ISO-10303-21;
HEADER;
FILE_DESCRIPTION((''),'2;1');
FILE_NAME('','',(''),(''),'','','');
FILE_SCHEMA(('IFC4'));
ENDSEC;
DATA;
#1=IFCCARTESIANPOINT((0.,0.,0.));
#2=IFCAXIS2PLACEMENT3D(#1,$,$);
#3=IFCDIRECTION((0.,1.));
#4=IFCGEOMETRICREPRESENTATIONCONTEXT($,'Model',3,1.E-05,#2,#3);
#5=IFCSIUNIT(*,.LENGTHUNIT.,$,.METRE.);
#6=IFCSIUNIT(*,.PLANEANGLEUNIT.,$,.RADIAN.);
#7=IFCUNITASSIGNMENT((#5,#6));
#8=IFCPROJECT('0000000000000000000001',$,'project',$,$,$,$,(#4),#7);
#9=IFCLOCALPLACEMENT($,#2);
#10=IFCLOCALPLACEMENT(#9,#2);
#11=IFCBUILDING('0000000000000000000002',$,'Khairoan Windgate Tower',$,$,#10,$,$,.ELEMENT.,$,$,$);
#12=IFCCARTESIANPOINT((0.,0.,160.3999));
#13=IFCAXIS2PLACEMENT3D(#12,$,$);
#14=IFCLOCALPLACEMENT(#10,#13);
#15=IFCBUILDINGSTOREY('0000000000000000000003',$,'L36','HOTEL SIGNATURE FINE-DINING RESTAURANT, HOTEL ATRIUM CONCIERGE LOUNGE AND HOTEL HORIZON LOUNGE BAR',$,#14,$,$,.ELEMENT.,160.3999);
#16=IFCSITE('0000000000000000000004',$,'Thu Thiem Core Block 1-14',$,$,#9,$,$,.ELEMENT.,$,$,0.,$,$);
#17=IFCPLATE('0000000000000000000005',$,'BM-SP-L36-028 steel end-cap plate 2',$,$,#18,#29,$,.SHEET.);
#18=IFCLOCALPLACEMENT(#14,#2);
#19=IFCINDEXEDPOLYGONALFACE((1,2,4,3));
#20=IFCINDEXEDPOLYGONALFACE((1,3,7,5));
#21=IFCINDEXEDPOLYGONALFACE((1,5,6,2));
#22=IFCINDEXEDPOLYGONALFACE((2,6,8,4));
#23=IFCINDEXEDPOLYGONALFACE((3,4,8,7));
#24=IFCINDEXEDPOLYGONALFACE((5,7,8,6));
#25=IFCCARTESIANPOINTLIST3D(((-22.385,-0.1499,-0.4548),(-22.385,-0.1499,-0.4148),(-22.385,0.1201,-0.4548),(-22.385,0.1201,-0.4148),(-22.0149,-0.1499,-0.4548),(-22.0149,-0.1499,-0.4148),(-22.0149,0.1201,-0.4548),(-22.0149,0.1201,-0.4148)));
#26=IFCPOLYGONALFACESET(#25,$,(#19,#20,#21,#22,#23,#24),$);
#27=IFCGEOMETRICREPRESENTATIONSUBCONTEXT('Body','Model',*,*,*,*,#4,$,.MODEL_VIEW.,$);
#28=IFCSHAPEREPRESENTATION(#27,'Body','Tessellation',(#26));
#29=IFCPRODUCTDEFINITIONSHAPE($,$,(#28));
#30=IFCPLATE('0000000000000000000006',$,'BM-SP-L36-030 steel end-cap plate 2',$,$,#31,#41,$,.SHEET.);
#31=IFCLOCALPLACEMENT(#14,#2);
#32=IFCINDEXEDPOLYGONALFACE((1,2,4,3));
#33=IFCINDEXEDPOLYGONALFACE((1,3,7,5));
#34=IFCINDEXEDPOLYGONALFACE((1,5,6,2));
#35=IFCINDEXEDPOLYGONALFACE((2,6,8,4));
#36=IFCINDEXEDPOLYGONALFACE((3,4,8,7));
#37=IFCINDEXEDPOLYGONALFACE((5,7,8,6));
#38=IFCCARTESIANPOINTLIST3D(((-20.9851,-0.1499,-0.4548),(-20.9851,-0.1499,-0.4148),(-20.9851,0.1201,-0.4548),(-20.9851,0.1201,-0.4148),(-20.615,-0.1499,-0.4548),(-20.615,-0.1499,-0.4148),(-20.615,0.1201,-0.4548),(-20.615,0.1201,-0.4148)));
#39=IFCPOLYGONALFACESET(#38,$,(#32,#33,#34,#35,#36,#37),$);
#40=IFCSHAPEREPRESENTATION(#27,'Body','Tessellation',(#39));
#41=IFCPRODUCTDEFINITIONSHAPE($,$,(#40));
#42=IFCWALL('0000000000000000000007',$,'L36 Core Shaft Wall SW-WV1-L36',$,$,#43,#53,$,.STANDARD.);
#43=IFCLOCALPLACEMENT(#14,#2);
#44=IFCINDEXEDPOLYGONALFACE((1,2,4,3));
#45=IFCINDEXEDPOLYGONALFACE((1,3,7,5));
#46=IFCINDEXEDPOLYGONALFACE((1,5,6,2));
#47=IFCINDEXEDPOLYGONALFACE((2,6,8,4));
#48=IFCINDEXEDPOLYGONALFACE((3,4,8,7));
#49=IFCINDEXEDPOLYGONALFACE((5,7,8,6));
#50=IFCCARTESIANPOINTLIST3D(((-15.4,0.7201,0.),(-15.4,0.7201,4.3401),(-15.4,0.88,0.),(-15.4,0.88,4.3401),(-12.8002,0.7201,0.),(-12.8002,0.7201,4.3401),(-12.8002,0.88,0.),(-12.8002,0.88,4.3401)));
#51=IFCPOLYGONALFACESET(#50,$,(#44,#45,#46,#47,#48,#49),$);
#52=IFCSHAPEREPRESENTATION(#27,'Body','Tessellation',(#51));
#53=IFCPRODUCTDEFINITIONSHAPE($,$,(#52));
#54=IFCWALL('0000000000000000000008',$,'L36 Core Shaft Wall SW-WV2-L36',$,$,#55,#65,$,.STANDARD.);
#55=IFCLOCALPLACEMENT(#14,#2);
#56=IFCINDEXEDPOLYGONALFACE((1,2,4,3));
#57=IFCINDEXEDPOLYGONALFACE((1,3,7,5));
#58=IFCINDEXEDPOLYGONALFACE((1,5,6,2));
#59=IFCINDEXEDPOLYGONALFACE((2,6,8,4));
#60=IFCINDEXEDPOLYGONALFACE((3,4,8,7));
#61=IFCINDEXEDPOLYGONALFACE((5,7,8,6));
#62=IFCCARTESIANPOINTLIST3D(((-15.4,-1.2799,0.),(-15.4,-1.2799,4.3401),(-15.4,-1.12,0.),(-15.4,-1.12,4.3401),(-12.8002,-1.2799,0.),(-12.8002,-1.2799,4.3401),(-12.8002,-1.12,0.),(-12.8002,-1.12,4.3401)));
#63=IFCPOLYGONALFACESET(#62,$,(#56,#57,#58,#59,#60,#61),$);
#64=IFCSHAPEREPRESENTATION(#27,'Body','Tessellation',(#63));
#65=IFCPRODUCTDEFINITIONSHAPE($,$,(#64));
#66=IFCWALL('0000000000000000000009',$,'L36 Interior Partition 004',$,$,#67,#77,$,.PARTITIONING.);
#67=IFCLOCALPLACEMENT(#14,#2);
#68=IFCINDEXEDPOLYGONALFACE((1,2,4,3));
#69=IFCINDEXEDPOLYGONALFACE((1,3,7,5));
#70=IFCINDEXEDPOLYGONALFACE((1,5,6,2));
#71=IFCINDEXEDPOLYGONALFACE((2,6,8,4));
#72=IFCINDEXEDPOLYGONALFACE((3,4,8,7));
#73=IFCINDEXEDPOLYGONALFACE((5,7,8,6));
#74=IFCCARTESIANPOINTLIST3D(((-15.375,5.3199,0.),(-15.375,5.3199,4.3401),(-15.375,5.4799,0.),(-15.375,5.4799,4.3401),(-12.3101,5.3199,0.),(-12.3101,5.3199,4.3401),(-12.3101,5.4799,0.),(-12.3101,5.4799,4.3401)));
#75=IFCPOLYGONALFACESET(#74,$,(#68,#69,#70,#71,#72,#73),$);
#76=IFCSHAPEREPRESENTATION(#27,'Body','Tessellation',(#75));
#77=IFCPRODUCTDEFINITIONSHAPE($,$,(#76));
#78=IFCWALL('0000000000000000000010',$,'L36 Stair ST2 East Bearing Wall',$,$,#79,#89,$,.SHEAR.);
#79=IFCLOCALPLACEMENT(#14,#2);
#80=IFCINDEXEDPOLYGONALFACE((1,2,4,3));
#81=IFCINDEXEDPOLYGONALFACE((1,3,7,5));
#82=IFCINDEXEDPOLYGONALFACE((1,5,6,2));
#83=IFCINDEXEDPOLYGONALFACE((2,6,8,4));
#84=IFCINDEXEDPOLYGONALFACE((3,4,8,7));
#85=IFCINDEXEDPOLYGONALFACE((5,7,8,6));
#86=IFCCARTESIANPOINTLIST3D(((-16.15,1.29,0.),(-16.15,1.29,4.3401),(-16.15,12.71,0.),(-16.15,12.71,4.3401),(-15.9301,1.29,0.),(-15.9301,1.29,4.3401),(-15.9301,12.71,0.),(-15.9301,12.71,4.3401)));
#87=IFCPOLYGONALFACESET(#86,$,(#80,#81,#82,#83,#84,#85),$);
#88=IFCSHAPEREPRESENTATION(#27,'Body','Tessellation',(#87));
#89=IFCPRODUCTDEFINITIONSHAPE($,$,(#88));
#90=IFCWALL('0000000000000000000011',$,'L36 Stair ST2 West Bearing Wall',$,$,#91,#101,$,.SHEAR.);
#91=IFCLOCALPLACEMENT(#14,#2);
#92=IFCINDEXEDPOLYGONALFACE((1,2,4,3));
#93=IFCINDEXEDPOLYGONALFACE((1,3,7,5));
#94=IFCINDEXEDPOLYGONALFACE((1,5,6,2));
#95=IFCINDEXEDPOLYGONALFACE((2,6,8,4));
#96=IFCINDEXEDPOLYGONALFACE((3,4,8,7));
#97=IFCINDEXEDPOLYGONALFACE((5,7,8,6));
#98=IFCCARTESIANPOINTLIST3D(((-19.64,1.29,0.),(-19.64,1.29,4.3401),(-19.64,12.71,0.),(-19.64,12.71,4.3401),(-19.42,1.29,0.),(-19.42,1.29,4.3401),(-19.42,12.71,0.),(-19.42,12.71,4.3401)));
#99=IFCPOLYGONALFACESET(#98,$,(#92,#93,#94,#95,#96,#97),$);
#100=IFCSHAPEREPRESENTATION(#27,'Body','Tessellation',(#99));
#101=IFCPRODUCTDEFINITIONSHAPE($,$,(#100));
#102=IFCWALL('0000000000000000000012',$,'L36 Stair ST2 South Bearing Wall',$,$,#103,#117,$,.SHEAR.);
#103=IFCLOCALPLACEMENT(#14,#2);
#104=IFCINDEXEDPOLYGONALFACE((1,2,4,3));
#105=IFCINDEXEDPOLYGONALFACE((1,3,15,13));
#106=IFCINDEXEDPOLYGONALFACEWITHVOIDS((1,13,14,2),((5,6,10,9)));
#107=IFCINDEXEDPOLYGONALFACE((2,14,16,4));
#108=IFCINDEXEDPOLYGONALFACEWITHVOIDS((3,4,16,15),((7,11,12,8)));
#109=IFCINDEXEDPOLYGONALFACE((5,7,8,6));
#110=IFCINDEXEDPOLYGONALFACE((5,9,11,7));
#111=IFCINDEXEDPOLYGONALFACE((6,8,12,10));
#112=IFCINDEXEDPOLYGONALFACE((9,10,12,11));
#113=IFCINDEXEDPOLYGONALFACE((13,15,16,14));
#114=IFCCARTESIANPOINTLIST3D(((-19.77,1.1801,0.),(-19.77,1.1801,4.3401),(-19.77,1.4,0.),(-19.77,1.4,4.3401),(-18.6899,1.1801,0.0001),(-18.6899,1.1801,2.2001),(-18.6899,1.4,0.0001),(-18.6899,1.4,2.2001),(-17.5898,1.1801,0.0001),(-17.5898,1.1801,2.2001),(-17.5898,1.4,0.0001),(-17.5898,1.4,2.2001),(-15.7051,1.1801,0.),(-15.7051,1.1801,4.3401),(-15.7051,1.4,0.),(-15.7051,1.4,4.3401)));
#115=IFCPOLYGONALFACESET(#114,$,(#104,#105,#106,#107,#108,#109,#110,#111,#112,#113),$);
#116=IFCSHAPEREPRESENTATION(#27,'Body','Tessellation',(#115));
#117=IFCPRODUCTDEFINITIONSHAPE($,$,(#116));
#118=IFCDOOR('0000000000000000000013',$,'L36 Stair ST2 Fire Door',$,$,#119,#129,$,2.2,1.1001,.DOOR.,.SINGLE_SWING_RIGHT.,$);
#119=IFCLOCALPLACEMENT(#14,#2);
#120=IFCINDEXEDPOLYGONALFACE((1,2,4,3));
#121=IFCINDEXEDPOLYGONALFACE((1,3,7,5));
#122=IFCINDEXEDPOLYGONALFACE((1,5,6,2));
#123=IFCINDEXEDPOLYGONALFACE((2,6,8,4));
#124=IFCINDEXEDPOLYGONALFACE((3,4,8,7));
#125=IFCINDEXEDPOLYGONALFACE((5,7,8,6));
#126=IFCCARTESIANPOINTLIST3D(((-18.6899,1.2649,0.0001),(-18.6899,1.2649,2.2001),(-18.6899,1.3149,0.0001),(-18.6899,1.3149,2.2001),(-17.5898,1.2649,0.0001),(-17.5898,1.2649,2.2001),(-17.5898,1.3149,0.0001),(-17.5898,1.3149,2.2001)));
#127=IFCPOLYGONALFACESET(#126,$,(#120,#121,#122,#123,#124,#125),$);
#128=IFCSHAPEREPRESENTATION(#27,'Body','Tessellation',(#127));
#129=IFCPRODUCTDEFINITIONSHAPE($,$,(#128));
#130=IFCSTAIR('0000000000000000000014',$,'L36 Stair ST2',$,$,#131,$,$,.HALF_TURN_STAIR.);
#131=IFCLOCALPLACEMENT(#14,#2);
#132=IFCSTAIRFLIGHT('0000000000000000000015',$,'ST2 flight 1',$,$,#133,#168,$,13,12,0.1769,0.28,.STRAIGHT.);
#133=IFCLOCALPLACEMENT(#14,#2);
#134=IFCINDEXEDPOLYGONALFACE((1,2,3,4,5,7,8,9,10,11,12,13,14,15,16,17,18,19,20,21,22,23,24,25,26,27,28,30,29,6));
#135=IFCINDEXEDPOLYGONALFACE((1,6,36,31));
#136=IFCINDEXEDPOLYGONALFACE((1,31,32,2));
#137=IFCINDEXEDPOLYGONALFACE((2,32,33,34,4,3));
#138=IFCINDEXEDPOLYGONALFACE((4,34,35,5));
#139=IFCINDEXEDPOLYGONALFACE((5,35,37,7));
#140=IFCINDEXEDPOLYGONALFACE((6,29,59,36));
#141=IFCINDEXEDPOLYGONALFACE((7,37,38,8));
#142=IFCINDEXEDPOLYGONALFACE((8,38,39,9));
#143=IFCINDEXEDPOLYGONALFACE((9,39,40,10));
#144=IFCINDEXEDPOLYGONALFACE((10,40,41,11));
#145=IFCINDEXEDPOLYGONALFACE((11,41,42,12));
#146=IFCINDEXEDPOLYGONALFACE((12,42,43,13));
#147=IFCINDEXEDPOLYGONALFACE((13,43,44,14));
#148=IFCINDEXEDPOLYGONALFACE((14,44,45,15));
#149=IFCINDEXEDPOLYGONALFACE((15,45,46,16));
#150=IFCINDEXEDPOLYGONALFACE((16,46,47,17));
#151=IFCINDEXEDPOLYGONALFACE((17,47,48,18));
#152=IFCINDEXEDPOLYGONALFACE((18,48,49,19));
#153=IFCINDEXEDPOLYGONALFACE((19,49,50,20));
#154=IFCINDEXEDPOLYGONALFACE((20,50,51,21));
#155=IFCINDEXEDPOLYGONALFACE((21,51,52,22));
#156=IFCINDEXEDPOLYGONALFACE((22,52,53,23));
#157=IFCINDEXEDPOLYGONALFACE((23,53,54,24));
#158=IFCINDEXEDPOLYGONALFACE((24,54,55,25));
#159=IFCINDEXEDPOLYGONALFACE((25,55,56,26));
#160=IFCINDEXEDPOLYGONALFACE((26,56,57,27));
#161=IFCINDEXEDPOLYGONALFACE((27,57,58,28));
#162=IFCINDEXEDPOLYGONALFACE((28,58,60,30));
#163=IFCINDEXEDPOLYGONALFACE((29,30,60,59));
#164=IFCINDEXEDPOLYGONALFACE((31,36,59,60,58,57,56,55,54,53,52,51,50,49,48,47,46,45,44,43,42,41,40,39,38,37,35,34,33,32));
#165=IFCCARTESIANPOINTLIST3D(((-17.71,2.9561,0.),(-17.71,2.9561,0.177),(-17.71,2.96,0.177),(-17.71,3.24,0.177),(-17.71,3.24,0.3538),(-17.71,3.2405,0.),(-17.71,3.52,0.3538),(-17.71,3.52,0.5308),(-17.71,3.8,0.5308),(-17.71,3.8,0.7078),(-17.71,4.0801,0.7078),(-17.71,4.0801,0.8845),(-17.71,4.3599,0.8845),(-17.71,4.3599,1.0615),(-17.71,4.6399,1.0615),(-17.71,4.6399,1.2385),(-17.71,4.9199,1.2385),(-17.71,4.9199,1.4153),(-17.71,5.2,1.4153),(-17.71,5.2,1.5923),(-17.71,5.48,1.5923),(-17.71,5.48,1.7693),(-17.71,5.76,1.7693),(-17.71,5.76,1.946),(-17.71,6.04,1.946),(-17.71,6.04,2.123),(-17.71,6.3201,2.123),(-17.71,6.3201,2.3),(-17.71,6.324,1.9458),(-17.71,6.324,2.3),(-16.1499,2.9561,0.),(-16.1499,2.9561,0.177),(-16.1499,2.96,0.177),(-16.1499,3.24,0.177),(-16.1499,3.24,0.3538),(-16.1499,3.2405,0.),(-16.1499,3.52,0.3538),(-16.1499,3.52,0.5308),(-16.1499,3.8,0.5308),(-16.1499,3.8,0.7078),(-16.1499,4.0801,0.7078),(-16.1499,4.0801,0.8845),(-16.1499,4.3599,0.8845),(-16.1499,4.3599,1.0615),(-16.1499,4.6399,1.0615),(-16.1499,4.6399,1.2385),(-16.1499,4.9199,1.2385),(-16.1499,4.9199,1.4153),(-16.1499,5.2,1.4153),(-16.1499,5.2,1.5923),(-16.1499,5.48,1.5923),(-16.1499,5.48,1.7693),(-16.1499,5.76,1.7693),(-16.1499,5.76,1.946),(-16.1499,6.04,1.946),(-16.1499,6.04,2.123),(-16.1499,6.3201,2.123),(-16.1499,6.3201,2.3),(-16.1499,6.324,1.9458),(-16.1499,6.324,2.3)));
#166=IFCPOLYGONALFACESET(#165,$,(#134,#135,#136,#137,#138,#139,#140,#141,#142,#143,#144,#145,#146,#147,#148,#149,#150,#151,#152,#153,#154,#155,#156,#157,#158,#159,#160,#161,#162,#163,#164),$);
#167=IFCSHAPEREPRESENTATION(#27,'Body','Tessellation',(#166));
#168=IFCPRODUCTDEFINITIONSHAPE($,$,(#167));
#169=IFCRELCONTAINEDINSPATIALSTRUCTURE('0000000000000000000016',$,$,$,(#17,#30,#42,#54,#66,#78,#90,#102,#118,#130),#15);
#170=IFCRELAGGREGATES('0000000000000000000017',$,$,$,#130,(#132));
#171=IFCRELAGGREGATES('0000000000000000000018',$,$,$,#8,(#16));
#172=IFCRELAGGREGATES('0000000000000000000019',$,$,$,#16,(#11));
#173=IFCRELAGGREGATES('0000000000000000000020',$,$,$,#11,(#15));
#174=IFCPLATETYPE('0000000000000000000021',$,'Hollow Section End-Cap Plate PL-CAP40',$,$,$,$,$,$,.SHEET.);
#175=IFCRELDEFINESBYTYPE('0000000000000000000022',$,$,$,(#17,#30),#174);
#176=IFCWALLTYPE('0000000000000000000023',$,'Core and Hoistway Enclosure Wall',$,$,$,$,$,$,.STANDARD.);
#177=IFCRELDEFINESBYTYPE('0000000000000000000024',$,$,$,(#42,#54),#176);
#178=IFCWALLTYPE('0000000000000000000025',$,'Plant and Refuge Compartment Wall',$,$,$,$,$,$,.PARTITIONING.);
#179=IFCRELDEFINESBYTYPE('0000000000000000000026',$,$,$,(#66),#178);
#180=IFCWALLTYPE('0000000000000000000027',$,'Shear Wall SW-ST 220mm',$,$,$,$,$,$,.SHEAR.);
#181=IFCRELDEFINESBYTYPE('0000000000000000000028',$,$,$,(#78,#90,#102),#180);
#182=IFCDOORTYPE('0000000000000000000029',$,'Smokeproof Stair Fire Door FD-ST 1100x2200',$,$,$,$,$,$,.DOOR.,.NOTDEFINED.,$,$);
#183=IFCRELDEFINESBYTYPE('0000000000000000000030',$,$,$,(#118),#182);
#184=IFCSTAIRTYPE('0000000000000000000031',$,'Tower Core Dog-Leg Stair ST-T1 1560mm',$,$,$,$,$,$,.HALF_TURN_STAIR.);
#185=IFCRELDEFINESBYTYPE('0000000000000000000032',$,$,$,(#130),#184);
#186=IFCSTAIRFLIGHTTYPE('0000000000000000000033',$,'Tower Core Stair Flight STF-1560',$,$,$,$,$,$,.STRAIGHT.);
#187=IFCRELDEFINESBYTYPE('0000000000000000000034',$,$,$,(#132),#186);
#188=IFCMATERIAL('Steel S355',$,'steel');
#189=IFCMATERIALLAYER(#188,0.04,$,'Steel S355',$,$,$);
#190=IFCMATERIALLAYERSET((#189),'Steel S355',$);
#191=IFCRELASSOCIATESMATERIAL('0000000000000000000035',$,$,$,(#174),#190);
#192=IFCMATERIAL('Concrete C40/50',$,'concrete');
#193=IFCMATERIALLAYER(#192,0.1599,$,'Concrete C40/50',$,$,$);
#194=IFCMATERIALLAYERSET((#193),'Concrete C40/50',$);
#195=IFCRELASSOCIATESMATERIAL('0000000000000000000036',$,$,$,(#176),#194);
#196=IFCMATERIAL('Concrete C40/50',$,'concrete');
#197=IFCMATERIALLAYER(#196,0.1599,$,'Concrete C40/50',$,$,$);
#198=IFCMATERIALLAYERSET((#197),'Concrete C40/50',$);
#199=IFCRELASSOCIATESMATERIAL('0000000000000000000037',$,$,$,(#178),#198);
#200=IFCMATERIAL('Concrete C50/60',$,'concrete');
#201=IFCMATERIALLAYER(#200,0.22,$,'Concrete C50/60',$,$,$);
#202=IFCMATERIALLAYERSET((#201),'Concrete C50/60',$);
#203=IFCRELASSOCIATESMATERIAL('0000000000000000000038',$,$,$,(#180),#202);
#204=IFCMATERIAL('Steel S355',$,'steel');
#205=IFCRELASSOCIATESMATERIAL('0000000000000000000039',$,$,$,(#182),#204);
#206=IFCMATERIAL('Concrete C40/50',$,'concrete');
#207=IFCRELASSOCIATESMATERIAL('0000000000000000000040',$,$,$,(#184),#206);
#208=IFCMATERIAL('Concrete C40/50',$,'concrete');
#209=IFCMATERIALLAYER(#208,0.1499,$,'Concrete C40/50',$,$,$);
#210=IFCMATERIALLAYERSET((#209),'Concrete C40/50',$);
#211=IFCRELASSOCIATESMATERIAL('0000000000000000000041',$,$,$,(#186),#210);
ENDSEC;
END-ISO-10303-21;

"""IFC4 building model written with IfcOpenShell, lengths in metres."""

from ifc_helpers import new_model, si_unit, direction, frame, frame_2d, origin, origin_2d, place, context, subcontext, project, spatial, polyline, rectangle, outline, extrude, material, layer, layer_set, type_object, element, fill, aggregate, save


model = new_model("IFC4")

# Units and contexts
model_context = context("Model", 3, precision=1e-05, world=origin(), true_north=direction((0.0, 1.0)))
body_context = subcontext(model_context, "Body", "Model", "MODEL_VIEW")
ifc_project = project(units=[si_unit("LENGTHUNIT", "METRE"), si_unit("PLANEANGLEUNIT", "RADIAN")], contexts=[model_context])

# Site, building, storey
site_placement = place(None, origin())
site = spatial("IfcSite", under=ifc_project, at=site_placement, Name="Thu Thiem Core Block 1-14", CompositionType="ELEMENT", RefElevation=0.0)
building_placement = place(site_placement, origin())
building = spatial("IfcBuilding", under=site, at=building_placement, Name="Khairoan Windgate Tower", CompositionType="ELEMENT")
storey_placement = place(building_placement, frame((0.0, 0.0, 160.3999)))
storey = spatial("IfcBuildingStorey", under=building, at=storey_placement, Name="L36", Description="HOTEL SIGNATURE FINE-DINING RESTAURANT, HOTEL ATRIUM CONCIERGE LOUNGE AND HOTEL HORIZON LOUNGE BAR", CompositionType="ELEMENT", Elevation=160.3999)

# Plates
ifc_material_1 = material(Name="Steel S355", Category="steel")
ifc_layer_1 = layer(ifc_material_1, 0.04, Name="Steel S355")
ifc_layer_set_1 = layer_set([ifc_layer_1], Name="Steel S355")
plate_type = type_object("IfcPlateType", Name="Hollow Section End-Cap Plate PL-CAP40", PredefinedType="SHEET", material=ifc_layer_set_1)
for number, where, z_axis, x_axis, name in (
    (1, (-22.2, -0.0149, -0.4548), (0.0, 0.0, 1.0), (0.0, 1.0, 0.0), "BM-SP-L36-028 steel end-cap plate 2"),
    (2, (-20.8, -0.0149, -0.4548), (0.0, 0.0, 1.0), (0.0, 1.0, 0.0), "BM-SP-L36-030 steel end-cap plate 2"),
):
    element("IfcPlate", number, at=place(storey_placement, frame(where, z_axis=z_axis, x_axis=x_axis)), inside=storey, type_object=plate_type, Name=name, PredefinedType="SHEET", context=body_context, shape_type="SweptSolid", body=[
        extrude(rectangle(XDim=0.27, YDim=0.3701, at=origin_2d()), origin(), (0.0, 0.0, 1.0), 0.04),
    ])

# Walls
ifc_material_2 = material(Name="Concrete C40/50", Category="concrete")
ifc_layer_2 = layer(ifc_material_2, 0.1599, Name="Concrete C40/50")
ifc_layer_set_2 = layer_set([ifc_layer_2], Name="Concrete C40/50")
wall_type_1 = type_object("IfcWallType", Name="Core and Hoistway Enclosure Wall", PredefinedType="STANDARD", material=ifc_layer_set_2)
for number, where, z_axis, x_axis, name in (
    (3, (-15.3999, 0.8, 0.0), (0.0, 0.0, 1.0), (1.0, 0.0, 0.0), "L36 Core Shaft Wall SW-WV1-L36"),
    (4, (-15.3999, -1.2, 0.0), (0.0, 0.0, 1.0), (1.0, 0.0, 0.0), "L36 Core Shaft Wall SW-WV2-L36"),
):
    element("IfcWall", number, at=place(storey_placement, frame(where, z_axis=z_axis, x_axis=x_axis)), inside=storey, type_object=wall_type_1, Name=name, PredefinedType="STANDARD", context=body_context, shape_type="SweptSolid", body=[
        extrude(rectangle(XDim=2.5999, YDim=0.1599, at=frame_2d((1.2998, 0.0))), origin(), (0.0, 0.0, 1.0), 4.3401),
    ])
ifc_material_3 = material(Name="Concrete C40/50", Category="concrete")
ifc_layer_3 = layer(ifc_material_3, 0.1599, Name="Concrete C40/50")
ifc_layer_set_3 = layer_set([ifc_layer_3], Name="Concrete C40/50")
wall_type_2 = type_object("IfcWallType", Name="Plant and Refuge Compartment Wall", PredefinedType="PARTITIONING", material=ifc_layer_set_3)
wall_1_placement = place(storey_placement, frame((-15.375, 5.3999, 0.0), z_axis=(0.0, 0.0, 1.0), x_axis=(1.0, 0.0, 0.0)))
element("IfcWall", 5, at=wall_1_placement, inside=storey, type_object=wall_type_2, Name="L36 Interior Partition 004", PredefinedType="PARTITIONING", context=body_context, shape_type="SweptSolid", body=[
    extrude(rectangle(XDim=3.0649, YDim=0.1599, at=frame_2d((1.5325, 0.0))), origin(), (0.0, 0.0, 1.0), 4.3401),
])
ifc_material_4 = material(Name="Concrete C50/60", Category="concrete")
ifc_layer_4 = layer(ifc_material_4, 0.22, Name="Concrete C50/60")
ifc_layer_set_4 = layer_set([ifc_layer_4], Name="Concrete C50/60")
wall_type_3 = type_object("IfcWallType", Name="Shear Wall SW-ST 220mm", PredefinedType="SHEAR", material=ifc_layer_set_4)
for number, where, z_axis, x_axis, name in (
    (6, (-16.04, 1.29, 0.0), (0.0, 0.0, 1.0), (0.0, 1.0, 0.0), "L36 Stair ST2 East Bearing Wall"),
    (7, (-19.53, 1.29, 0.0), (0.0, 0.0, 1.0), (0.0, 1.0, 0.0), "L36 Stair ST2 West Bearing Wall"),
):
    element("IfcWall", number, at=place(storey_placement, frame(where, z_axis=z_axis, x_axis=x_axis)), inside=storey, type_object=wall_type_3, Name=name, PredefinedType="SHEAR", context=body_context, shape_type="SweptSolid", body=[
        extrude(rectangle(XDim=11.4199, YDim=0.22, at=frame_2d((5.71, 0.0))), origin(), (0.0, 0.0, 1.0), 4.3401),
    ])

# Wall, opening, door
wall_2_placement = place(storey_placement, frame((-19.77, 1.29, 0.0), z_axis=(0.0, 0.0, 1.0), x_axis=(1.0, 0.0, 0.0)))
wall_2 = element("IfcWall", 8, at=wall_2_placement, inside=storey, type_object=wall_type_3, Name="L36 Stair ST2 South Bearing Wall", PredefinedType="SHEAR", context=body_context, shape_type="SweptSolid", body=[
    extrude(rectangle(XDim=4.0649, YDim=0.22, at=frame_2d((2.0325, 0.0))), origin(), (0.0, 0.0, 1.0), 4.3401),
])
opening_placement = place(wall_2_placement, frame((1.0801, 0.0, 0.0)))
opening = element("IfcOpeningElement", 9, at=opening_placement, cuts=wall_2, PredefinedType="OPENING", context=body_context, shape_type="SweptSolid", body=[
    extrude(rectangle(XDim=1.1001, YDim=2.2, at=frame_2d((0.55, 1.1001))), frame((0.0, 0.1199, 0.0), z_axis=(0.0, -1.0, 0.0), x_axis=(1.0, 0.0, 0.0)), (0.0, 0.0, 1.0), 0.24),
])
ifc_material_5 = material(Name="Steel S355", Category="steel")
door_type = type_object("IfcDoorType", Name="Smokeproof Stair Fire Door FD-ST 1100x2200", OperationType="NOTDEFINED", PredefinedType="DOOR", material=ifc_material_5)
door_placement = place(opening_placement, origin())
door = element("IfcDoor", 10, at=door_placement, inside=storey, type_object=door_type, Name="L36 Stair ST2 Fire Door", OperationType="SINGLE_SWING_RIGHT", OverallHeight=2.2, OverallWidth=1.1001, PredefinedType="DOOR", context=body_context, shape_type="SweptSolid", body=[
    extrude(rectangle(XDim=1.1001, YDim=2.2, at=frame_2d((0.55, 1.1001))), frame((0.0, 0.0249, 0.0), z_axis=(0.0, -1.0, 0.0), x_axis=(1.0, 0.0, 0.0)), (0.0, 0.0, 1.0), 0.05),
])
fill(opening, door)

# Stair, stair flight
ifc_material_6 = material(Name="Concrete C40/50", Category="concrete")
stair_type = type_object("IfcStairType", Name="Tower Core Dog-Leg Stair ST-T1 1560mm", PredefinedType="HALF_TURN_STAIR", material=ifc_material_6)
stair_placement = place(storey_placement, origin())
stair = element("IfcStair", 11, at=stair_placement, inside=storey, type_object=stair_type, Name="L36 Stair ST2", PredefinedType="HALF_TURN_STAIR")
ifc_material_7 = material(Name="Concrete C40/50", Category="concrete")
ifc_layer_5 = layer(ifc_material_7, 0.1499, Name="Concrete C40/50")
ifc_layer_set_5 = layer_set([ifc_layer_5], Name="Concrete C40/50")
stair_flight_type = type_object("IfcStairFlightType", Name="Tower Core Stair Flight STF-1560", PredefinedType="STRAIGHT", material=ifc_layer_set_5)
stair_flight_1_placement = place(storey_placement, frame((-16.9299, 2.96, 0.0), z_axis=(0.0, 0.0, 1.0), x_axis=(0.0, 1.0, 0.0)))
stair_flight_1 = element("IfcStairFlight", 12, at=stair_flight_1_placement, type_object=stair_flight_type, Name="ST2 flight 1", NumberOfRisers=13, NumberOfTreads=12, PredefinedType="STRAIGHT", RiserHeight=0.1769, TreadLength=0.28, context=body_context, shape_type="SweptSolid", body=[
    extrude(outline(polyline([(-0.0039, 0.0), (-0.0039, 0.177), (0.0, 0.177), (0.28, 0.177), (0.28, 0.3538), (0.5601, 0.3538), (0.5601, 0.5308), (0.8401, 0.5308), (0.8401, 0.7078), (1.1201, 0.7078), (1.1201, 0.8845), (1.3999, 0.8845), (1.3999, 1.0615), (1.6799, 1.0615), (1.6799, 1.2385), (1.96, 1.2385), (1.96, 1.4153), (2.24, 1.4153), (2.24, 1.5923), (2.52, 1.5923), (2.52, 1.7693), (2.8, 1.7693), (2.8, 1.946), (3.0801, 1.946), (3.0801, 2.123), (3.3601, 2.123), (3.3601, 2.3), (3.364, 2.3), (3.364, 1.9458), (0.2805, 0.0), (-0.0039, 0.0)])), frame((0.0, 0.78, 0.0), z_axis=(0.0, -1.0, 0.0), x_axis=(1.0, 0.0, 0.0)), (0.0, 0.0, 1.0), 1.5601),
])
aggregate(stair, [stair_flight_1])

save(model, "model.ifc")
